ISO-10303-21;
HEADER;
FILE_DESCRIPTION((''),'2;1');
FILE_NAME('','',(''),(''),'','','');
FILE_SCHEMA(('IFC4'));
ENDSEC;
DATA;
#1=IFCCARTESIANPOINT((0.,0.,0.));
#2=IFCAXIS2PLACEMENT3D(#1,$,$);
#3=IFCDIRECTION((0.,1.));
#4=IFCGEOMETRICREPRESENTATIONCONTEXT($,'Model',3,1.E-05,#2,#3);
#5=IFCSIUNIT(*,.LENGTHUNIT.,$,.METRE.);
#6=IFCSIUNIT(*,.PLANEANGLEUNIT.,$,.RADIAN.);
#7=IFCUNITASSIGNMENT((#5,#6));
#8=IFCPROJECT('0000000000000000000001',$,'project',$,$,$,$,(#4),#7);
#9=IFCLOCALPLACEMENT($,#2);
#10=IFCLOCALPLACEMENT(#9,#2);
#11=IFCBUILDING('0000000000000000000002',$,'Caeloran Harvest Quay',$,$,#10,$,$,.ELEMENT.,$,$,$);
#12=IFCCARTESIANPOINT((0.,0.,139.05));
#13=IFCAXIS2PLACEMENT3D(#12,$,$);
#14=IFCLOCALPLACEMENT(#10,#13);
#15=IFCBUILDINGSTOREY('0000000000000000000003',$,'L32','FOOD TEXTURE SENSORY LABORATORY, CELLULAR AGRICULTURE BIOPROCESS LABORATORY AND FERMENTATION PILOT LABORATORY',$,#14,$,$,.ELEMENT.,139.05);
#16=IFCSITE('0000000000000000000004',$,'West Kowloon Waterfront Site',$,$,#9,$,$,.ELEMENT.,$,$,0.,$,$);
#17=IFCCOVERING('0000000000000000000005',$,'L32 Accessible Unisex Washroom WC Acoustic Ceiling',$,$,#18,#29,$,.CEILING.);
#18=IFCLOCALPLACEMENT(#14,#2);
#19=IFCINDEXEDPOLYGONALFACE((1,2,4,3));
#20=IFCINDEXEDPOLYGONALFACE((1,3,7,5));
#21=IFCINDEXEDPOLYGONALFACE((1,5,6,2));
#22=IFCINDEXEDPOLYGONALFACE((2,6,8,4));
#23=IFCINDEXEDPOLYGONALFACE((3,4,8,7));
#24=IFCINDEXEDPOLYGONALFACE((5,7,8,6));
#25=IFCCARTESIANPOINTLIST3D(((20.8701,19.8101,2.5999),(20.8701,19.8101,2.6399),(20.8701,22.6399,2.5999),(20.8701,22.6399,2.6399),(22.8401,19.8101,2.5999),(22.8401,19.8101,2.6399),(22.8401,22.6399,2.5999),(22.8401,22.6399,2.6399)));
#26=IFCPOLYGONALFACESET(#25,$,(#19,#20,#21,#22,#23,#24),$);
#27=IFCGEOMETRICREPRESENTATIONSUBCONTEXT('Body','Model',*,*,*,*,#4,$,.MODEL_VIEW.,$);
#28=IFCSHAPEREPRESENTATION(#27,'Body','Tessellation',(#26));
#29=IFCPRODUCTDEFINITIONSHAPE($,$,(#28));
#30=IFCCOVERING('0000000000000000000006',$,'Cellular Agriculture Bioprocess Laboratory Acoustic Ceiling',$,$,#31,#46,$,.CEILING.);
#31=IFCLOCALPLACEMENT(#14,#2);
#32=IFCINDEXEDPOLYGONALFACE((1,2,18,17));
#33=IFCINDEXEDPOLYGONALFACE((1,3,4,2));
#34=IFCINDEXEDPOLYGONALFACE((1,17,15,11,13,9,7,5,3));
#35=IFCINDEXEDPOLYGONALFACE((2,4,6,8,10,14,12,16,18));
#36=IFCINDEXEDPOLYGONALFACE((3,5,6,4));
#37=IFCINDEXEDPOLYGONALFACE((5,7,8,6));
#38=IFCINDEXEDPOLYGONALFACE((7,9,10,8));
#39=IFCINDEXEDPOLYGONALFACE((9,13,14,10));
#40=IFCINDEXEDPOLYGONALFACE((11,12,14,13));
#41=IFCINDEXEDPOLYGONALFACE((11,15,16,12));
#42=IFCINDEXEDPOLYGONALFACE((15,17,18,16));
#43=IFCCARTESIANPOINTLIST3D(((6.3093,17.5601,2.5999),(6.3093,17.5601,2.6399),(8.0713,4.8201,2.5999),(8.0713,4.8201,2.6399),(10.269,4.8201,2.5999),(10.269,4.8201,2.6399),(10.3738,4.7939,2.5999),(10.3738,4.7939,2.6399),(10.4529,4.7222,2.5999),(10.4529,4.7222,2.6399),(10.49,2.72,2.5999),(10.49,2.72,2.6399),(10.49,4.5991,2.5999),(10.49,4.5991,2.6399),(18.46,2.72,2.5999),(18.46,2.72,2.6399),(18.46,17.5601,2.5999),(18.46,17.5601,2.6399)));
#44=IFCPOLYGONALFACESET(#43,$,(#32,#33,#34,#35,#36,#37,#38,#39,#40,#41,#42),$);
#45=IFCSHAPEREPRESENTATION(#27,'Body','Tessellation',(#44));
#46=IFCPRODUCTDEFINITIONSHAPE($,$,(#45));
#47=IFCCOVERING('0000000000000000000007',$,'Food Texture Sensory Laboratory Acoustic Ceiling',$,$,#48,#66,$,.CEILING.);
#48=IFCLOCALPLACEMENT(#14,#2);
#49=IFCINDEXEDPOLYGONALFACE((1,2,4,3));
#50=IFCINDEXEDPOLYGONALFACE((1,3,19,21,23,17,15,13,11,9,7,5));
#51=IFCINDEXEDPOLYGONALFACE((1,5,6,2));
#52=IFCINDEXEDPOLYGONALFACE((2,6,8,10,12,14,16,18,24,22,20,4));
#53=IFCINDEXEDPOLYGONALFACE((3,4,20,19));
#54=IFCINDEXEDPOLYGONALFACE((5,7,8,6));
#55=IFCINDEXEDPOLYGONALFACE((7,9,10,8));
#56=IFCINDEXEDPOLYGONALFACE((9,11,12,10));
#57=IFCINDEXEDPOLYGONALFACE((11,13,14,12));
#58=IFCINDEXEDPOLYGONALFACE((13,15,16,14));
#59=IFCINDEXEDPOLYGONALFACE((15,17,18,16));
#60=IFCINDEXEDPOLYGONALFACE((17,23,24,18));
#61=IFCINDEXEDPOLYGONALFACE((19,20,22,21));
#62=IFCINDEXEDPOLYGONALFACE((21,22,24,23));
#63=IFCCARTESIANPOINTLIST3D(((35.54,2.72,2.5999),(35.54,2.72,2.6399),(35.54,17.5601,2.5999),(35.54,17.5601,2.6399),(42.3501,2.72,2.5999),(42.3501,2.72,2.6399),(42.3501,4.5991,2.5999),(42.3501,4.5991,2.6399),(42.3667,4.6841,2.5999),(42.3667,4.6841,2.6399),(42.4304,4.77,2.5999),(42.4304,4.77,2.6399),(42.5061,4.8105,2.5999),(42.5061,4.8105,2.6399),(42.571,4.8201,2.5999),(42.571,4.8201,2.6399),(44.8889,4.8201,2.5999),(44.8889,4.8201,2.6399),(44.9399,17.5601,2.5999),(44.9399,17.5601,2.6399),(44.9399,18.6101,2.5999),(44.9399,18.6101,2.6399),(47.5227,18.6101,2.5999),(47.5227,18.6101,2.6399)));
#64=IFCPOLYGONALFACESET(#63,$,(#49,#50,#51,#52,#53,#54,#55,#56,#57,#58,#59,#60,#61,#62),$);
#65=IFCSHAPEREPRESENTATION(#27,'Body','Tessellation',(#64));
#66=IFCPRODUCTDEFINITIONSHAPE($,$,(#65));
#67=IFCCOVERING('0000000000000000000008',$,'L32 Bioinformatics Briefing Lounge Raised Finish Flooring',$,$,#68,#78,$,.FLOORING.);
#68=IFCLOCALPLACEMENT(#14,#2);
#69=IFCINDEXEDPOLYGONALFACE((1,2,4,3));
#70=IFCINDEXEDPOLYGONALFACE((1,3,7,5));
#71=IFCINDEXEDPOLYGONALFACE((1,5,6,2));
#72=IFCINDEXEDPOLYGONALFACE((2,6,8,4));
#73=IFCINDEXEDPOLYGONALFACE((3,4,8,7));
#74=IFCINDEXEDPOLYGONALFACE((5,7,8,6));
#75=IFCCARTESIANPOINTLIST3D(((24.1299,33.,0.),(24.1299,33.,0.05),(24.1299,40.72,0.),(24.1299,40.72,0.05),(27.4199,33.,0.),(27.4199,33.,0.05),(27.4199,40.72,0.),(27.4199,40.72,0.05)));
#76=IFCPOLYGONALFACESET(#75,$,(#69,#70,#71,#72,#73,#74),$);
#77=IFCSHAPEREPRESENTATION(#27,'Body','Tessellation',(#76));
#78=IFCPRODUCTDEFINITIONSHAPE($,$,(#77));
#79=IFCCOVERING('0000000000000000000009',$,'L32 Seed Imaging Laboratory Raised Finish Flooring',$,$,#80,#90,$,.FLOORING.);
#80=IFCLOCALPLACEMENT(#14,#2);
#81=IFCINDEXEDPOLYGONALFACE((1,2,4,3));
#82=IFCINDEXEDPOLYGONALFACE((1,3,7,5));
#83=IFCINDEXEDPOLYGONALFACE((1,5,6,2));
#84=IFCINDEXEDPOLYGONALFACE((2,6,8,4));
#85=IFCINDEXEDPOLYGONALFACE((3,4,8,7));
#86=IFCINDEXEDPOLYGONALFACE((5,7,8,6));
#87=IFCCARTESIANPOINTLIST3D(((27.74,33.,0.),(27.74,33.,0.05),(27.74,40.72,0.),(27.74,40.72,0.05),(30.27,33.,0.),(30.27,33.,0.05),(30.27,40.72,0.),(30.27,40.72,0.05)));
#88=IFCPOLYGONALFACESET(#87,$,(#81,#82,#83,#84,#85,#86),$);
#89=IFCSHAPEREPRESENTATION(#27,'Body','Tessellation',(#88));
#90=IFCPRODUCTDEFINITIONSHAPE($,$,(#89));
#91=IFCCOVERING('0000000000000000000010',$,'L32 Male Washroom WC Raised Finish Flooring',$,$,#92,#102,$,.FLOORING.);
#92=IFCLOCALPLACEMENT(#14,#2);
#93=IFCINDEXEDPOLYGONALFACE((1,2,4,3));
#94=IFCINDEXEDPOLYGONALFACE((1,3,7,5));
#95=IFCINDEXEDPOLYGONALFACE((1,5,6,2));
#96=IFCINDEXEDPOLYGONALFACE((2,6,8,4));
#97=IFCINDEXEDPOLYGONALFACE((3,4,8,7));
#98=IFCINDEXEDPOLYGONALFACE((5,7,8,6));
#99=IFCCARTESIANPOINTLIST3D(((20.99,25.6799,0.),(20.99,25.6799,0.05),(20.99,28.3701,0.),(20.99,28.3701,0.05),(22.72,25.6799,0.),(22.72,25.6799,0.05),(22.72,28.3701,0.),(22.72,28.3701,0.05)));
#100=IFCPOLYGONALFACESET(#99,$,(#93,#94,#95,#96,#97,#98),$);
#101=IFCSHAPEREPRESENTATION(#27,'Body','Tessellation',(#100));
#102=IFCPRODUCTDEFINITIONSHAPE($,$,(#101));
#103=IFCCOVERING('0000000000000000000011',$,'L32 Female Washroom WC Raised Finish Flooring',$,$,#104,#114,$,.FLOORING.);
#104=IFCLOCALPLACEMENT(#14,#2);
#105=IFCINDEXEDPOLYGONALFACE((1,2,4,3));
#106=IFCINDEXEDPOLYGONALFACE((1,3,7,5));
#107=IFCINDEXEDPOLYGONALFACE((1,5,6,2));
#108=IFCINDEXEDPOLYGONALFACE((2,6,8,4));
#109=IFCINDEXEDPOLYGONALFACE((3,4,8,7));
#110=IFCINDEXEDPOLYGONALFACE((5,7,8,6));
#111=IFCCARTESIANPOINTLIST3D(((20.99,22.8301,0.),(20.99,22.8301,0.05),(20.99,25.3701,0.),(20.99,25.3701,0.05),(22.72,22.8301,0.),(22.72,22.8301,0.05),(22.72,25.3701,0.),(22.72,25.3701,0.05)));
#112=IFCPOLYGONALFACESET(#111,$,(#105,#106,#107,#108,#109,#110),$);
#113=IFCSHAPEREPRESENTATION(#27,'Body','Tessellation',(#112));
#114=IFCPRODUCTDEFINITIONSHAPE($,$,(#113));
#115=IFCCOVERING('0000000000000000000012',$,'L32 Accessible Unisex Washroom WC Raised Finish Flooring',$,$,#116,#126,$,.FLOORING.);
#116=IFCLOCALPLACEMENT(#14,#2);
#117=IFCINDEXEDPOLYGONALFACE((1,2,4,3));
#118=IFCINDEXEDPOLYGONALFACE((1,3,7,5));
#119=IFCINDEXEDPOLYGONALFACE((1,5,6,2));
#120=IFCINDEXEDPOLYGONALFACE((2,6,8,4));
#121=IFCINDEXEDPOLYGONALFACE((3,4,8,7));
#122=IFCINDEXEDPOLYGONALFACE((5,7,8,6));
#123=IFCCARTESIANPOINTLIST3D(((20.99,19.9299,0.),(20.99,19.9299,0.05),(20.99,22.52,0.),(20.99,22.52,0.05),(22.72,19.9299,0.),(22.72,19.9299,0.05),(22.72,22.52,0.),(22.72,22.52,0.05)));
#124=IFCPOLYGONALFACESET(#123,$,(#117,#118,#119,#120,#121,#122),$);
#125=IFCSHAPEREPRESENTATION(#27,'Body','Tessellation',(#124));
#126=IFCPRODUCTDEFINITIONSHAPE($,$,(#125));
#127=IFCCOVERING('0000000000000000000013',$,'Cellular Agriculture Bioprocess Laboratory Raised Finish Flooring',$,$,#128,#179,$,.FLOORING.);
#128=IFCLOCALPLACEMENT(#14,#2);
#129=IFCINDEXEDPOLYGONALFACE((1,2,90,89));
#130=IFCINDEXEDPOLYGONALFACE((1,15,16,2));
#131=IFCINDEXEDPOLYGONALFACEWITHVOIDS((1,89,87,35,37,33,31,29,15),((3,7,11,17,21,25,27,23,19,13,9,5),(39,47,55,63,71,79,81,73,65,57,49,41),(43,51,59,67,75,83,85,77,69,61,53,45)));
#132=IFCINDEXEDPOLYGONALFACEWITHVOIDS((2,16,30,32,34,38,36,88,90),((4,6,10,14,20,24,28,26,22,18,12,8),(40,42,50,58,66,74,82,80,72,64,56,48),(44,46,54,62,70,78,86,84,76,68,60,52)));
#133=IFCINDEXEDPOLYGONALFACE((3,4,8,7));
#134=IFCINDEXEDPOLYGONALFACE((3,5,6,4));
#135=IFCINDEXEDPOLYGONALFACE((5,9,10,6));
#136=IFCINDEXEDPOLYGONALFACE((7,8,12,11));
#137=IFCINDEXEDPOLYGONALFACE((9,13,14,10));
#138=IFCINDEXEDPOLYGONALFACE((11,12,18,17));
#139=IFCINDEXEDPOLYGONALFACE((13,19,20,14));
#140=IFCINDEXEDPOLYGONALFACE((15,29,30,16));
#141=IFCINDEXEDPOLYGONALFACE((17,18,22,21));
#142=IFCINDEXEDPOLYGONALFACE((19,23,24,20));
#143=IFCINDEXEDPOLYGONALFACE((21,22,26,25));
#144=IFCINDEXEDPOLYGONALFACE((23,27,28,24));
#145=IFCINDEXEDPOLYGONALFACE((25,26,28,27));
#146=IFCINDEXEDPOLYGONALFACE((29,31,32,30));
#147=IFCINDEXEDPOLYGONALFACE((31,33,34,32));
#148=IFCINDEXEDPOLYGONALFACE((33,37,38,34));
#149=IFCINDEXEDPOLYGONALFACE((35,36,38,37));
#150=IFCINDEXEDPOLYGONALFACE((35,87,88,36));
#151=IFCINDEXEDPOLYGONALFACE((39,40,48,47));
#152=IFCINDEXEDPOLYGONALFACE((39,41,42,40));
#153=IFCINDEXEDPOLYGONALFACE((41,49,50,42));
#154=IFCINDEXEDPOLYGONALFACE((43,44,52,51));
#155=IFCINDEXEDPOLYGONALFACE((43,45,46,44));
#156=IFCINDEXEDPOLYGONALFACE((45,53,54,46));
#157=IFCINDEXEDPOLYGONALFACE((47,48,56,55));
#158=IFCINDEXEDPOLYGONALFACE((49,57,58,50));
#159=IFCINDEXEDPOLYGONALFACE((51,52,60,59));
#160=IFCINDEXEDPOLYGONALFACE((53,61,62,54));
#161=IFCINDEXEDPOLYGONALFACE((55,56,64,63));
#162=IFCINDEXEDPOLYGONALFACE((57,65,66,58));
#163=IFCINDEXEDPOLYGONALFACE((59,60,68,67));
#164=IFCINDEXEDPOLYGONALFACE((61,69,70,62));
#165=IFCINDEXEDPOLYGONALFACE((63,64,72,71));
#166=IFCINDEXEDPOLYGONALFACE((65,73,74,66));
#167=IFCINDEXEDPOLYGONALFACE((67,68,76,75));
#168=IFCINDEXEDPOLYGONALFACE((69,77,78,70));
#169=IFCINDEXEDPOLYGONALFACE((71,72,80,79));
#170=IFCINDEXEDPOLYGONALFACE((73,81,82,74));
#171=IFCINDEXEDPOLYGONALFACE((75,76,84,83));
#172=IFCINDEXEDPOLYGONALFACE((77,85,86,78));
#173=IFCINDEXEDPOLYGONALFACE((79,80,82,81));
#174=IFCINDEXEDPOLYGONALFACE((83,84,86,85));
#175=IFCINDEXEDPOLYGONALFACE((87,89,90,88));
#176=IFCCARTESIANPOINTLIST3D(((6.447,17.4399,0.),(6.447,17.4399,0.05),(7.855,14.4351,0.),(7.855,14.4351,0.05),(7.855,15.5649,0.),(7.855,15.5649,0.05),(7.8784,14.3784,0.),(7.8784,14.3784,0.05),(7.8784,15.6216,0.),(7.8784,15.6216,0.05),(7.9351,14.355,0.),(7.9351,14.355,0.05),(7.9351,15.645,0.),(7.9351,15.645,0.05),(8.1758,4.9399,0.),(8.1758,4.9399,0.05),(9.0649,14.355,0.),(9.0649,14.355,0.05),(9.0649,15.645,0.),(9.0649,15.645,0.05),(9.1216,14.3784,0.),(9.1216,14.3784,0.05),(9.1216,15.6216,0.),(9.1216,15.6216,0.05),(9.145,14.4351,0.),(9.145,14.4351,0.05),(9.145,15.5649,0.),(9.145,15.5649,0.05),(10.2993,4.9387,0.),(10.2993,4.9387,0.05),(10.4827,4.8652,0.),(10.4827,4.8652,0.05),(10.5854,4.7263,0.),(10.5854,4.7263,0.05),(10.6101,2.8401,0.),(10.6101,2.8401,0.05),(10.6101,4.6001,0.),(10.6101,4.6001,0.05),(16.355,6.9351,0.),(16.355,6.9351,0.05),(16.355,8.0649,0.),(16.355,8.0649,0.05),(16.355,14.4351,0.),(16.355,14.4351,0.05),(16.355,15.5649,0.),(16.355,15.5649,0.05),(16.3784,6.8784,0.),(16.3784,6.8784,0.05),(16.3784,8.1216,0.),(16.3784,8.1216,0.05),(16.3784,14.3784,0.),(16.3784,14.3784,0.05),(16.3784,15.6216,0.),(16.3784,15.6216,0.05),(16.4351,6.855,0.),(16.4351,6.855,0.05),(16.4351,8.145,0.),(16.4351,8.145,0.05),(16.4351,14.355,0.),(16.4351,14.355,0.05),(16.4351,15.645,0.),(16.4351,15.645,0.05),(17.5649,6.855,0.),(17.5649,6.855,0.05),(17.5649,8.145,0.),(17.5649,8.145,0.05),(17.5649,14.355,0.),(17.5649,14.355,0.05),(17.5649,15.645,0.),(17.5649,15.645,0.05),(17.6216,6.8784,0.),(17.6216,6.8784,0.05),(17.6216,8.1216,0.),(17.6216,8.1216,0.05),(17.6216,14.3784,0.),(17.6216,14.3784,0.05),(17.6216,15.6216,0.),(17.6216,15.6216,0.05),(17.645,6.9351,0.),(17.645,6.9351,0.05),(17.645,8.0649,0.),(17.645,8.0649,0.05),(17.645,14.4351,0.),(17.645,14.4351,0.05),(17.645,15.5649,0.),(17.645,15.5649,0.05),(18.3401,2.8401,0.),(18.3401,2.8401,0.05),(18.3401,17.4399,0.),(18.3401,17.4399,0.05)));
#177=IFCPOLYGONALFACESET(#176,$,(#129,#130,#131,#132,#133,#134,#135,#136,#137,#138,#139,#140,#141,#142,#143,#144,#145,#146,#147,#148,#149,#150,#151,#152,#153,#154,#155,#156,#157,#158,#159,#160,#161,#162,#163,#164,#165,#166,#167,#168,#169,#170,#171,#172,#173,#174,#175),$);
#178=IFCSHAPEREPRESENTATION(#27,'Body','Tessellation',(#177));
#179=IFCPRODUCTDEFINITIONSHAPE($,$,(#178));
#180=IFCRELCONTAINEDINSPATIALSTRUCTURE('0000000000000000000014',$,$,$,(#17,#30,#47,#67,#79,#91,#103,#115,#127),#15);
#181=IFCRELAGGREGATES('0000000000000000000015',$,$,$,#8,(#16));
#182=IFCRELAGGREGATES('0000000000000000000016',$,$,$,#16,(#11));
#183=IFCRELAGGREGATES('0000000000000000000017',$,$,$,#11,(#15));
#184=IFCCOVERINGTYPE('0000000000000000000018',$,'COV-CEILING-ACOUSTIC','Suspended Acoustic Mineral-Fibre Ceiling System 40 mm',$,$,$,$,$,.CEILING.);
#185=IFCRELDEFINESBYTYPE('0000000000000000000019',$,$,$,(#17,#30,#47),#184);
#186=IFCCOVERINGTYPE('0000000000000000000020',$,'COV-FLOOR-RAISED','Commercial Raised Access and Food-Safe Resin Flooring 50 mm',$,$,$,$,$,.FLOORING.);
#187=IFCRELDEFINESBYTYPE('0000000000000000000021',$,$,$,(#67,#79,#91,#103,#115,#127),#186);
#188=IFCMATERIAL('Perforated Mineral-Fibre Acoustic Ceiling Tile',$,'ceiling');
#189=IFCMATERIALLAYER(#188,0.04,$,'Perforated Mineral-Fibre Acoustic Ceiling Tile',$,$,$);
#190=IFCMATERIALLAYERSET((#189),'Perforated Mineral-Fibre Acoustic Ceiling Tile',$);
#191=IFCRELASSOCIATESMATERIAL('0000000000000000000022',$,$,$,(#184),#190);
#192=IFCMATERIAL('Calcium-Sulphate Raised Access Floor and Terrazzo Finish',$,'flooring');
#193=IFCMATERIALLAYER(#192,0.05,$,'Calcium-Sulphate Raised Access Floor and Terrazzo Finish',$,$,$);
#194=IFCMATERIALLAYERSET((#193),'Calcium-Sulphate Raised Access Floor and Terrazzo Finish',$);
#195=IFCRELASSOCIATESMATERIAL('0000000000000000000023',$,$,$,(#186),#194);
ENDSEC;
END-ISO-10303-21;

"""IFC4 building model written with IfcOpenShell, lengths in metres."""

from ifc_helpers import new_model, si_unit, direction, frame, origin, place, context, subcontext, project, spatial, polyline, outline, extrude, material, layer, layer_set, type_object, element, save


model = new_model("IFC4")

# Units and contexts
model_context = context("Model", 3, precision=1e-05, world=origin(), true_north=direction((0.0, 1.0)))
body_context = subcontext(model_context, "Body", "Model", "MODEL_VIEW")
ifc_project = project(units=[si_unit("LENGTHUNIT", "METRE"), si_unit("PLANEANGLEUNIT", "RADIAN")], contexts=[model_context])

# Site, building, storey
site_placement = place(None, origin())
site = spatial("IfcSite", under=ifc_project, at=site_placement, Name="West Kowloon Waterfront Site", CompositionType="ELEMENT", RefElevation=0.0)
building_placement = place(site_placement, origin())
building = spatial("IfcBuilding", under=site, at=building_placement, Name="Caeloran Harvest Quay", CompositionType="ELEMENT")
storey_placement = place(building_placement, frame((0.0, 0.0, 139.05)))
storey = spatial("IfcBuildingStorey", under=building, at=storey_placement, Name="L32", Description="FOOD TEXTURE SENSORY LABORATORY, CELLULAR AGRICULTURE BIOPROCESS LABORATORY AND FERMENTATION PILOT LABORATORY", CompositionType="ELEMENT", Elevation=139.05)

# Coverings
ifc_material_1 = material(Name="Perforated Mineral-Fibre Acoustic Ceiling Tile", Category="ceiling")
ifc_layer_1 = layer(ifc_material_1, 0.04, Name="Perforated Mineral-Fibre Acoustic Ceiling Tile")
ifc_layer_set_1 = layer_set([ifc_layer_1], Name="Perforated Mineral-Fibre Acoustic Ceiling Tile")
covering_type_1 = type_object("IfcCoveringType", Name="COV-CEILING-ACOUSTIC", Description="Suspended Acoustic Mineral-Fibre Ceiling System 40 mm", PredefinedType="CEILING", material=ifc_layer_set_1)
covering_1_placement = place(storey_placement, frame((0.0, 0.0, 2.5999)))
element("IfcCovering", 1, at=covering_1_placement, inside=storey, type_object=covering_type_1, Name="L32 Accessible Unisex Washroom WC Acoustic Ceiling", PredefinedType="CEILING", context=body_context, shape_type="SweptSolid", body=[
    extrude(outline(polyline([(22.8401, 19.8101), (20.8701, 19.8101), (20.8701, 22.6399), (22.8401, 22.6399), (22.8401, 19.8101)])), origin(), (0.0, 0.0, 1.0), 0.04),
])
covering_2_placement = place(storey_placement, frame((0.0, 0.0, 2.5999)))
element("IfcCovering", 2, at=covering_2_placement, inside=storey, type_object=covering_type_1, Name="Cellular Agriculture Bioprocess Laboratory Acoustic Ceiling", PredefinedType="CEILING", context=body_context, shape_type="SweptSolid", body=[
    extrude(outline(polyline([(10.4529, 4.7222), (10.3738, 4.7939), (10.269, 4.8201), (8.0713, 4.8201), (6.3093, 17.5601), (18.46, 17.5601), (18.46, 2.72), (10.49, 2.72), (10.49, 4.5991), (10.4529, 4.7222)])), origin(), (0.0, 0.0, 1.0), 0.04),
])
covering_3_placement = place(storey_placement, frame((0.0, 0.0, 2.5999)))
element("IfcCovering", 3, at=covering_3_placement, inside=storey, type_object=covering_type_1, Name="Food Texture Sensory Laboratory Acoustic Ceiling", PredefinedType="CEILING", context=body_context, shape_type="SweptSolid", body=[
    extrude(outline(polyline([(44.9399, 17.5601), (44.9399, 18.6101), (47.5227, 18.6101), (44.8889, 4.8201), (42.571, 4.8201), (42.5061, 4.8105), (42.4304, 4.77), (42.3667, 4.6841), (42.3501, 4.5991), (42.3501, 2.72), (35.54, 2.72), (35.54, 17.5601), (44.9399, 17.5601)])), origin(), (0.0, 0.0, 1.0), 0.04),
])
ifc_material_2 = material(Name="Calcium-Sulphate Raised Access Floor and Terrazzo Finish", Category="flooring")
ifc_layer_2 = layer(ifc_material_2, 0.05, Name="Calcium-Sulphate Raised Access Floor and Terrazzo Finish")
ifc_layer_set_2 = layer_set([ifc_layer_2], Name="Calcium-Sulphate Raised Access Floor and Terrazzo Finish")
covering_type_2 = type_object("IfcCoveringType", Name="COV-FLOOR-RAISED", Description="Commercial Raised Access and Food-Safe Resin Flooring 50 mm", PredefinedType="FLOORING", material=ifc_layer_set_2)
covering_4_placement = place(storey_placement, origin())
element("IfcCovering", 4, at=covering_4_placement, inside=storey, type_object=covering_type_2, Name="L32 Bioinformatics Briefing Lounge Raised Finish Flooring", PredefinedType="FLOORING", context=body_context, shape_type="SweptSolid", body=[
    extrude(outline(polyline([(27.4199, 40.72), (27.4199, 33.0), (24.1299, 33.0), (24.1299, 40.72), (27.4199, 40.72)])), origin(), (0.0, 0.0, 1.0), 0.05),
])
covering_5_placement = place(storey_placement, origin())
element("IfcCovering", 5, at=covering_5_placement, inside=storey, type_object=covering_type_2, Name="L32 Seed Imaging Laboratory Raised Finish Flooring", PredefinedType="FLOORING", context=body_context, shape_type="SweptSolid", body=[
    extrude(outline(polyline([(30.27, 40.72), (30.27, 33.0), (27.74, 33.0), (27.74, 40.72), (30.27, 40.72)])), origin(), (0.0, 0.0, 1.0), 0.05),
])
covering_6_placement = place(storey_placement, origin())
element("IfcCovering", 6, at=covering_6_placement, inside=storey, type_object=covering_type_2, Name="L32 Male Washroom WC Raised Finish Flooring", PredefinedType="FLOORING", context=body_context, shape_type="SweptSolid", body=[
    extrude(outline(polyline([(22.72, 25.6799), (20.99, 25.6799), (20.99, 28.3701), (22.72, 28.3701), (22.72, 25.6799)])), origin(), (0.0, 0.0, 1.0), 0.05),
])
covering_7_placement = place(storey_placement, origin())
element("IfcCovering", 7, at=covering_7_placement, inside=storey, type_object=covering_type_2, Name="L32 Female Washroom WC Raised Finish Flooring", PredefinedType="FLOORING", context=body_context, shape_type="SweptSolid", body=[
    extrude(outline(polyline([(22.72, 22.8301), (20.99, 22.8301), (20.99, 25.3701), (22.72, 25.3701), (22.72, 22.8301)])), origin(), (0.0, 0.0, 1.0), 0.05),
])
covering_8_placement = place(storey_placement, origin())
element("IfcCovering", 8, at=covering_8_placement, inside=storey, type_object=covering_type_2, Name="L32 Accessible Unisex Washroom WC Raised Finish Flooring", PredefinedType="FLOORING", context=body_context, shape_type="SweptSolid", body=[
    extrude(outline(polyline([(22.72, 19.9299), (20.99, 19.9299), (20.99, 22.52), (22.72, 22.52), (22.72, 19.9299)])), origin(), (0.0, 0.0, 1.0), 0.05),
])
covering_9_placement = place(storey_placement, origin())
element("IfcCovering", 9, at=covering_9_placement, inside=storey, type_object=covering_type_2, Name="Cellular Agriculture Bioprocess Laboratory Raised Finish Flooring", PredefinedType="FLOORING", context=body_context, shape_type="SweptSolid", body=[
    extrude(outline(polyline([(10.5854, 4.7263), (10.4827, 4.8652), (10.2993, 4.9387), (8.1758, 4.9399), (6.447, 17.4399), (18.3401, 17.4399), (18.3401, 2.8401), (10.6101, 2.8401), (10.6101, 4.6001), (10.5854, 4.7263)]), holes=[polyline([(16.4351, 8.145), (16.3784, 8.1216), (16.355, 8.0649), (16.355, 6.9351), (16.3784, 6.8784), (16.4351, 6.855), (17.5649, 6.855), (17.6216, 6.8784), (17.645, 6.9351), (17.645, 8.0649), (17.6216, 8.1216), (17.5649, 8.145), (16.4351, 8.145)]), polyline([(16.4351, 15.645), (16.3784, 15.6216), (16.355, 15.5649), (16.355, 14.4351), (16.3784, 14.3784), (16.4351, 14.355), (17.5649, 14.355), (17.6216, 14.3784), (17.645, 14.4351), (17.645, 15.5649), (17.6216, 15.6216), (17.5649, 15.645), (16.4351, 15.645)]), polyline([(7.9351, 15.645), (7.8784, 15.6216), (7.855, 15.5649), (7.855, 14.4351), (7.8784, 14.3784), (7.9351, 14.355), (9.0649, 14.355), (9.1216, 14.3784), (9.145, 14.4351), (9.145, 15.5649), (9.1216, 15.6216), (9.0649, 15.645), (7.9351, 15.645)])]), origin(), (0.0, 0.0, 1.0), 0.05),
])

save(model, "model.ifc")
